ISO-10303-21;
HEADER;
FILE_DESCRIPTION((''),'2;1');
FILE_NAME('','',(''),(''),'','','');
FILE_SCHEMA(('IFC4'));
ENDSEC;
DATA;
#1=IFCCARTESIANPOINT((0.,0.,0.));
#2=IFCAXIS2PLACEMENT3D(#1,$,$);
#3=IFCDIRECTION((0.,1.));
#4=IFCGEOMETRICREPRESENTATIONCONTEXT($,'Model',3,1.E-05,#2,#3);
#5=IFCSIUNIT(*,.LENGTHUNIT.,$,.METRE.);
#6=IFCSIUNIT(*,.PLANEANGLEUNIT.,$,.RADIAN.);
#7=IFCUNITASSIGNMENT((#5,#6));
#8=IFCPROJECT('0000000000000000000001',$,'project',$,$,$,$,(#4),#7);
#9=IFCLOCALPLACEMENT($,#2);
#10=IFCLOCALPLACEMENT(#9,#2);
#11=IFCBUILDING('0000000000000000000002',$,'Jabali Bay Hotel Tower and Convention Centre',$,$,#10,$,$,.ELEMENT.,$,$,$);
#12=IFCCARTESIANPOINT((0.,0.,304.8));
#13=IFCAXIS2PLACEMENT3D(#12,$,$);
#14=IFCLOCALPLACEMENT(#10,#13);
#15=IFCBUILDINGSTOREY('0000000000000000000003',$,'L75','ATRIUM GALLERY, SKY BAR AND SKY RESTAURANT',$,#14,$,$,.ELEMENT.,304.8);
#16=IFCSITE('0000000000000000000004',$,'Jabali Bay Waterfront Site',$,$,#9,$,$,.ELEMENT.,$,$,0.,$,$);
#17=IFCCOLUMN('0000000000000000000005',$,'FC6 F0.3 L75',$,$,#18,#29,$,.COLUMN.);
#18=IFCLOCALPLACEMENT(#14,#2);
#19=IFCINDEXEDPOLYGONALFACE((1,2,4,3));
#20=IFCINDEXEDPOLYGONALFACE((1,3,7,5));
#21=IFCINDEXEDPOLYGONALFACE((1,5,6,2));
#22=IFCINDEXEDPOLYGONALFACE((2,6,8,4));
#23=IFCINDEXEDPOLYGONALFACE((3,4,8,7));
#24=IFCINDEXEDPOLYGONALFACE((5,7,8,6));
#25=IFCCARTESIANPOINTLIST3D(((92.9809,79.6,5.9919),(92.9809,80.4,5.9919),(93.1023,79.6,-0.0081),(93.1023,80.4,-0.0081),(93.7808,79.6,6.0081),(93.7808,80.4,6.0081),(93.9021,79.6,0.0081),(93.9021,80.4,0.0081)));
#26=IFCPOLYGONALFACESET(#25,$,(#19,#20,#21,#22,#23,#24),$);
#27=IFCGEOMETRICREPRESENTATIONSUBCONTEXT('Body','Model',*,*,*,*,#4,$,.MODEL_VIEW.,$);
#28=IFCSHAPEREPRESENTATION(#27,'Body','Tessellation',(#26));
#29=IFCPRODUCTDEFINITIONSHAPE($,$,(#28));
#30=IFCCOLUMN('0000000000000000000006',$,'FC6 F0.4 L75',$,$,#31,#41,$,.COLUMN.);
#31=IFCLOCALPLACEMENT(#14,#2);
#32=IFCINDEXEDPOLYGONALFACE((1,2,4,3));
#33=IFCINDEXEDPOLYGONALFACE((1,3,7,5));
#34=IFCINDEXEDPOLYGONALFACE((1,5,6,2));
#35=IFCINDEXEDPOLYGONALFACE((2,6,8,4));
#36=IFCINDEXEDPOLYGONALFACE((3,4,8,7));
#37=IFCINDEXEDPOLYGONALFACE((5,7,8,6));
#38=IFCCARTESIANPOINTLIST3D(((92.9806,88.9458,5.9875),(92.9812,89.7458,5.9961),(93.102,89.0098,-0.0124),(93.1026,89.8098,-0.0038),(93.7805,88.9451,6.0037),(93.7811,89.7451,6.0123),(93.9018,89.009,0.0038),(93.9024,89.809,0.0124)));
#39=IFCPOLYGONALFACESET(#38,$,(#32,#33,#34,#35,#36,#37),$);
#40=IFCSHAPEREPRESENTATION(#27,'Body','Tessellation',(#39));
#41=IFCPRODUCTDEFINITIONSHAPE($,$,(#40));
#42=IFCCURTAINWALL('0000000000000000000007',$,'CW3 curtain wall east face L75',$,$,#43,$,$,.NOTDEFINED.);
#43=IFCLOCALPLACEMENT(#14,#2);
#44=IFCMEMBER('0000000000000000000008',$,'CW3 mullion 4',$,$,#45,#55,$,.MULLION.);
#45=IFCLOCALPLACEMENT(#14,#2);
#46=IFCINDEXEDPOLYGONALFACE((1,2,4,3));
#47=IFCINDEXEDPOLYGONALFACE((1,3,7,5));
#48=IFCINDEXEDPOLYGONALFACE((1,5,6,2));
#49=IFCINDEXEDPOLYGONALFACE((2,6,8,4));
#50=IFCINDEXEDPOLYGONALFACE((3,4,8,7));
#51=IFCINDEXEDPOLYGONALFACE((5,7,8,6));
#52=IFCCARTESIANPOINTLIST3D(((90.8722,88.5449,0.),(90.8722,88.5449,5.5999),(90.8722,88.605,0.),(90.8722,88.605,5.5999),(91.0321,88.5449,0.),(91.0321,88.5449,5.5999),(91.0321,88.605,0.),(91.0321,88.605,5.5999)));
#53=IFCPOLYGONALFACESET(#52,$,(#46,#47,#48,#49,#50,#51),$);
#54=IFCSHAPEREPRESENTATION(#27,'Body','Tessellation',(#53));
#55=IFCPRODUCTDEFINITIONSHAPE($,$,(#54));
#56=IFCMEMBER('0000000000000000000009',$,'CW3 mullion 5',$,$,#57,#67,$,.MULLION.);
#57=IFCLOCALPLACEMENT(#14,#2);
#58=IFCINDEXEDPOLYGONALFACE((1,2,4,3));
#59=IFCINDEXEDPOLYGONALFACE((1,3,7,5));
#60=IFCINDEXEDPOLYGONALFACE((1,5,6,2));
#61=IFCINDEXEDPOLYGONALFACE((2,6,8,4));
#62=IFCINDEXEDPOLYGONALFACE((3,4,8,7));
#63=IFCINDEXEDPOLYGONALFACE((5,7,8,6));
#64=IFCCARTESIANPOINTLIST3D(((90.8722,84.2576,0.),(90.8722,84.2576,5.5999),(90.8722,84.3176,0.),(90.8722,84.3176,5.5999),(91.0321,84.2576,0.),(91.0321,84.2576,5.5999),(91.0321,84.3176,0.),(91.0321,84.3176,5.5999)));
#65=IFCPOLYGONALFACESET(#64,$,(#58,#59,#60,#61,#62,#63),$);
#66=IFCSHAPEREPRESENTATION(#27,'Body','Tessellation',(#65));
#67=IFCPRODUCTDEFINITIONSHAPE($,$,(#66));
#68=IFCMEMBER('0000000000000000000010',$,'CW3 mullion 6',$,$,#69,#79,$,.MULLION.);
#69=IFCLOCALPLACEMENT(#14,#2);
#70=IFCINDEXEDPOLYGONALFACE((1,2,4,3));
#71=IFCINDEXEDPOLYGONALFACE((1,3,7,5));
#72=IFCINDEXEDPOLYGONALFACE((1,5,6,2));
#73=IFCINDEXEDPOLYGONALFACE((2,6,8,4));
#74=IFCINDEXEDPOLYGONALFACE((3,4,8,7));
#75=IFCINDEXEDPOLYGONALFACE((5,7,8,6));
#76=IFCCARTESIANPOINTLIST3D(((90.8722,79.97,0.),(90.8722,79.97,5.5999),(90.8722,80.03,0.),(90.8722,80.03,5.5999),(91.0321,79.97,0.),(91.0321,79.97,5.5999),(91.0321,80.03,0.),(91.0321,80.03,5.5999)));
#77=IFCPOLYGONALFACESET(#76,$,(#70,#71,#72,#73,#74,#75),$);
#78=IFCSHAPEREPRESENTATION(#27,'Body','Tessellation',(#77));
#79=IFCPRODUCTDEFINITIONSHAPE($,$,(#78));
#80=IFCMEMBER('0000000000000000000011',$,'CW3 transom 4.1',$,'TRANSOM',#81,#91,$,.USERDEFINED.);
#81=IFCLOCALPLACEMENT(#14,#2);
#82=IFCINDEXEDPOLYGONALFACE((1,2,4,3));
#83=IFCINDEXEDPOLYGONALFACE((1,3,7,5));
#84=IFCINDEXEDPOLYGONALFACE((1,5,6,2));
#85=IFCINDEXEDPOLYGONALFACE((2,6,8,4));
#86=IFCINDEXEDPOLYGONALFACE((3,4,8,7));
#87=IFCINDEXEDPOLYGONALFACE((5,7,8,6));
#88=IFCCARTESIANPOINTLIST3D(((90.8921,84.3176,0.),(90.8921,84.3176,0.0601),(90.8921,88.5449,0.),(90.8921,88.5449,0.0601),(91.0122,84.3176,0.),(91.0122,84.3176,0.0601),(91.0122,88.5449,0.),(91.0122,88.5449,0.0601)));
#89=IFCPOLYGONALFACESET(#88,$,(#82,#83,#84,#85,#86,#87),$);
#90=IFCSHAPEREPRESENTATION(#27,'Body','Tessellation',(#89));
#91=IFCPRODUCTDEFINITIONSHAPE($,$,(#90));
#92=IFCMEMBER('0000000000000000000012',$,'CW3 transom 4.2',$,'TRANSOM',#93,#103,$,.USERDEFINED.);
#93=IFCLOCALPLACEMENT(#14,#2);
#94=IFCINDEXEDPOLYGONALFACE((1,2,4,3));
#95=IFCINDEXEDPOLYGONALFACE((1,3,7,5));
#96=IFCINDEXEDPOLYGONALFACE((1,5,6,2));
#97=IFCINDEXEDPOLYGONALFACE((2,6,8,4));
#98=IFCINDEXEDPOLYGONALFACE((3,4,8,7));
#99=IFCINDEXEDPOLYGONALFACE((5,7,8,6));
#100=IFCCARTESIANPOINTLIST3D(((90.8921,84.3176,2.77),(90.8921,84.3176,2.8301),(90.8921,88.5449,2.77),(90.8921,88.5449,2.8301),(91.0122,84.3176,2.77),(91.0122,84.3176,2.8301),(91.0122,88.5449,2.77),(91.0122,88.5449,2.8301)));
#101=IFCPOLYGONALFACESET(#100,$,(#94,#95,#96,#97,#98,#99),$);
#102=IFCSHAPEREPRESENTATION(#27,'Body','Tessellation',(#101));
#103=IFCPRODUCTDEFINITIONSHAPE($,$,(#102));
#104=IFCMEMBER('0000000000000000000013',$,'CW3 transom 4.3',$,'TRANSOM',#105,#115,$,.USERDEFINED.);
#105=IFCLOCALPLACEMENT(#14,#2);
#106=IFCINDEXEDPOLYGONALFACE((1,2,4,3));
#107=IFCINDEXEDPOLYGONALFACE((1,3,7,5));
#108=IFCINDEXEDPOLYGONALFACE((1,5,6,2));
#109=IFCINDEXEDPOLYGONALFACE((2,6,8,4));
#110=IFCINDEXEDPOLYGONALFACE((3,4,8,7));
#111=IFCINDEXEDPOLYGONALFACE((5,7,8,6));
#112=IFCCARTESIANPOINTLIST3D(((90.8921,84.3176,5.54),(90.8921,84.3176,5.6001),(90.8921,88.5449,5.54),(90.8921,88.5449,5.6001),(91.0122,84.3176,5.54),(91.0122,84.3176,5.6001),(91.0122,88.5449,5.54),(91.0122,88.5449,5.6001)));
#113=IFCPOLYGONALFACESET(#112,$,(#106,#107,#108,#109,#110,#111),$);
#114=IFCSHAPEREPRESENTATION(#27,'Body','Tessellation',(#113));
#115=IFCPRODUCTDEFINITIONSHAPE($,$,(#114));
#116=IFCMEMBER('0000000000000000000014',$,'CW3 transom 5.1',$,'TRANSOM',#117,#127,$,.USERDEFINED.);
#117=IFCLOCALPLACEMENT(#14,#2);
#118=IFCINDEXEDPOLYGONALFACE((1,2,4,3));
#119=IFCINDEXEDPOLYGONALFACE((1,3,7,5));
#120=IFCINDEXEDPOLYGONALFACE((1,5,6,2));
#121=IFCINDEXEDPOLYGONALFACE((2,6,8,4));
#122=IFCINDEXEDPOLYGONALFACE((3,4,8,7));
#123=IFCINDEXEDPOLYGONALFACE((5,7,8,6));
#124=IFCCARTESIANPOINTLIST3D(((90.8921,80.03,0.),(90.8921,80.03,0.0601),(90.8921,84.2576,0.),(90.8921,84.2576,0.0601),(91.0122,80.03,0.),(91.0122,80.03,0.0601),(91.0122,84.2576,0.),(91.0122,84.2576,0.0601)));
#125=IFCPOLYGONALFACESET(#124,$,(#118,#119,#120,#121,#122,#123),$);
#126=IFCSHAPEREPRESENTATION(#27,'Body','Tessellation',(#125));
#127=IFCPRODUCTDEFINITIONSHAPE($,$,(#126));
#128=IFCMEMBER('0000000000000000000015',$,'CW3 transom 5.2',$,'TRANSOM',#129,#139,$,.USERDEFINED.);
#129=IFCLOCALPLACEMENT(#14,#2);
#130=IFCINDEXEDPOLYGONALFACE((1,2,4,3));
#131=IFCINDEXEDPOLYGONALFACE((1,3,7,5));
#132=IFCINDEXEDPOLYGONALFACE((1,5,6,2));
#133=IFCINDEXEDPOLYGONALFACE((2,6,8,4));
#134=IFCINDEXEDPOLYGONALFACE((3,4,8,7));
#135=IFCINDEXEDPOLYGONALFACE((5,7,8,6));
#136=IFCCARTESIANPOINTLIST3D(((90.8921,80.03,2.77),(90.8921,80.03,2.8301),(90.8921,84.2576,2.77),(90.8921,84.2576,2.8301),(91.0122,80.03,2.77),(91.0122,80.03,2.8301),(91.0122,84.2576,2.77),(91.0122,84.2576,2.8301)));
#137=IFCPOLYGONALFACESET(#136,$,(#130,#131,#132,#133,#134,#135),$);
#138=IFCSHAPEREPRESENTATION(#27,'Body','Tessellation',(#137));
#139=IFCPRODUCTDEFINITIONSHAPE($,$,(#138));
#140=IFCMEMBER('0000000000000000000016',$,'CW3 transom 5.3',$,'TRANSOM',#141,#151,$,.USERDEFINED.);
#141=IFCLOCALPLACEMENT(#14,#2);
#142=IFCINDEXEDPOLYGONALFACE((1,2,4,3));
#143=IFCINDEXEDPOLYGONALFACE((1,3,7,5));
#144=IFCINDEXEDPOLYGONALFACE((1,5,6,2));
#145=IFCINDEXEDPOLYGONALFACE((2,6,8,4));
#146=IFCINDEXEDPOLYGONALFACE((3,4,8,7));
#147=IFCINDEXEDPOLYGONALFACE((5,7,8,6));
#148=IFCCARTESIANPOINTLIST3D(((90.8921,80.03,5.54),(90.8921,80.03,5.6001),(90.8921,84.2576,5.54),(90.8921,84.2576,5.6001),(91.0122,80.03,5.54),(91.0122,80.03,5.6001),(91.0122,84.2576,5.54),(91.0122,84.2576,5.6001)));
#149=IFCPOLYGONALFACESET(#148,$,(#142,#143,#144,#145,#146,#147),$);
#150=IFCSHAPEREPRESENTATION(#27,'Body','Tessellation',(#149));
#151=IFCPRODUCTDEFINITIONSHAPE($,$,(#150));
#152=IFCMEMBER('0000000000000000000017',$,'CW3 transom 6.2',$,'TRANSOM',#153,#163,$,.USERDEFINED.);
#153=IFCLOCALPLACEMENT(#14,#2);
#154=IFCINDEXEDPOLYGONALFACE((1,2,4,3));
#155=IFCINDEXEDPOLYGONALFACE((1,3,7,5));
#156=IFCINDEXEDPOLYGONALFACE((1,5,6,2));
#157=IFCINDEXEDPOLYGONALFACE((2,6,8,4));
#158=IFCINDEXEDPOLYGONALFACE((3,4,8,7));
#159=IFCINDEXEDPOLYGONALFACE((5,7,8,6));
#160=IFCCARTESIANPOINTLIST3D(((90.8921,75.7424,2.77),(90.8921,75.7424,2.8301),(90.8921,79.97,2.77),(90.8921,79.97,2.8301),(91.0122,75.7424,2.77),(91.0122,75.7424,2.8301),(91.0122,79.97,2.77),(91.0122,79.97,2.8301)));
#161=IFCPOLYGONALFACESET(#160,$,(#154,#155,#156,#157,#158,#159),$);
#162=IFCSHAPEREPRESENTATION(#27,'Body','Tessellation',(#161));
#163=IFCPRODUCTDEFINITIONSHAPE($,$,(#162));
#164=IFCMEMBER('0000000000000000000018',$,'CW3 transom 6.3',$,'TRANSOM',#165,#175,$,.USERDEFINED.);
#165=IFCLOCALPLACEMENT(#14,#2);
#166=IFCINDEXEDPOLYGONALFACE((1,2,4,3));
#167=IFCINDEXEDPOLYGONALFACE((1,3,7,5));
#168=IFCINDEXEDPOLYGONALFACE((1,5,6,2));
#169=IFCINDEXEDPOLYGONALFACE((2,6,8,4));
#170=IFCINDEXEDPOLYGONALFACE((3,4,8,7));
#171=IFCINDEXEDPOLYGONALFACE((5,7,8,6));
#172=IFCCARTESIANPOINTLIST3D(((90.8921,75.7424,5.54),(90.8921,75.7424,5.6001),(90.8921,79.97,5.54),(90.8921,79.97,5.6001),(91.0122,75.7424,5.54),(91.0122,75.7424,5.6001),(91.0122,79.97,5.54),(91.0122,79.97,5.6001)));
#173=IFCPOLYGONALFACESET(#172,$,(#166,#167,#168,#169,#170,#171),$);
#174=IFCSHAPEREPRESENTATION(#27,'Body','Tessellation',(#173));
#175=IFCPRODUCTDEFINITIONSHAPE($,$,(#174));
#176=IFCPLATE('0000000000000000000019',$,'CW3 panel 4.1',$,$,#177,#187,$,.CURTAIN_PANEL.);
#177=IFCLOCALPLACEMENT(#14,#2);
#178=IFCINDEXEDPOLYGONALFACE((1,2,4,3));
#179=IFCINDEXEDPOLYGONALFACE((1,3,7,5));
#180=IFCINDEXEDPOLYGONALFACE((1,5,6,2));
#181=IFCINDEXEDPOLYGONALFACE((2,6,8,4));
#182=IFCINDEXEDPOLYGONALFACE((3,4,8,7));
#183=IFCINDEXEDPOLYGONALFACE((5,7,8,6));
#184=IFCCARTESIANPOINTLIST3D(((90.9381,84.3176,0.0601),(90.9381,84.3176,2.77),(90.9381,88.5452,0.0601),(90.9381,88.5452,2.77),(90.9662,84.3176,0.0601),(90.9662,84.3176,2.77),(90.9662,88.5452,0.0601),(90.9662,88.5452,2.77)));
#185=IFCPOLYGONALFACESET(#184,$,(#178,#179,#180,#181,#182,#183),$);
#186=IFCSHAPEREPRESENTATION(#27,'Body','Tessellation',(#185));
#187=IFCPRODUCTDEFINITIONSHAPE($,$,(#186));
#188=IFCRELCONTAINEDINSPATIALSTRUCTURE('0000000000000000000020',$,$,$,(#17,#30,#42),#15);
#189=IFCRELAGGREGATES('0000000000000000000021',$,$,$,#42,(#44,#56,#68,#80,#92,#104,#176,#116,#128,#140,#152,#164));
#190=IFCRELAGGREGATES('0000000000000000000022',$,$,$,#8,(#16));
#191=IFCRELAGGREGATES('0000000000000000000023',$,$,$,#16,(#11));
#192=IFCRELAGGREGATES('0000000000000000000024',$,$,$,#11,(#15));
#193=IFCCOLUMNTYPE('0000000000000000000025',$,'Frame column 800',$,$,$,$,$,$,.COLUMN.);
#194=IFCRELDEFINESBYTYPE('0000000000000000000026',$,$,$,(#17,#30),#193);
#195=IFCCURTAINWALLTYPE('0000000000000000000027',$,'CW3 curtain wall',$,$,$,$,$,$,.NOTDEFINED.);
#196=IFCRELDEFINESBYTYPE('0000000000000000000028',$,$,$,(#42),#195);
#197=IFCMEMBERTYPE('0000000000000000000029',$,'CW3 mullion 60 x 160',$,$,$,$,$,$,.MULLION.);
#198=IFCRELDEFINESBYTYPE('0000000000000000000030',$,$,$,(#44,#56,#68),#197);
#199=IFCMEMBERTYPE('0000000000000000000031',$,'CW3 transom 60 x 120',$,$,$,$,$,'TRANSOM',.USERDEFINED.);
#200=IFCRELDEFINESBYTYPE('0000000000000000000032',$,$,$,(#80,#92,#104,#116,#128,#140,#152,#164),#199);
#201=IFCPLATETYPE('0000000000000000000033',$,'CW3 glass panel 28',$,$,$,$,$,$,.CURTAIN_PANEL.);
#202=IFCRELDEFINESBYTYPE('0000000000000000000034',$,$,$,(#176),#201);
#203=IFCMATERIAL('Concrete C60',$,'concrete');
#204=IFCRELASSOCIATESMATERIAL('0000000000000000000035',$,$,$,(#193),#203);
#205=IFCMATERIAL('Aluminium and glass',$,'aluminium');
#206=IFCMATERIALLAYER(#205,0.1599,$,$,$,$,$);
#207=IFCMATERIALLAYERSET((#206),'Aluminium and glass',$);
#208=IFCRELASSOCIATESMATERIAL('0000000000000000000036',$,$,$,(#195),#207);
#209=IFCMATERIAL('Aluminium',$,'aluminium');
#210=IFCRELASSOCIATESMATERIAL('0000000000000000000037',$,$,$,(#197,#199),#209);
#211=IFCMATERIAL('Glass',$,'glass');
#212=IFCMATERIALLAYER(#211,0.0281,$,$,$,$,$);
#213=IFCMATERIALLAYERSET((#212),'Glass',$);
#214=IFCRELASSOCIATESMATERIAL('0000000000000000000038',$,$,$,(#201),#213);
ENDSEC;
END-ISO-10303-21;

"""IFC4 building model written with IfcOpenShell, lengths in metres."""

from ifc_helpers import new_model, si_unit, direction, frame, origin, origin_2d, place, context, subcontext, project, spatial, rectangle, extrude, material, layer, layer_set, material_profile, profile_set, type_object, element, aggregate, save


model = new_model("IFC4")

# Units and contexts
model_context = context("Model", 3, precision=1e-05, world=origin(), true_north=direction((0.0, 1.0)))
body_context = subcontext(model_context, "Body", "Model", "MODEL_VIEW")
ifc_project = project(units=[si_unit("LENGTHUNIT", "METRE"), si_unit("PLANEANGLEUNIT", "RADIAN")], contexts=[model_context])

# Site, building, storey
site_placement = place(None, origin())
site = spatial("IfcSite", under=ifc_project, at=site_placement, Name="Jabali Bay Waterfront Site", CompositionType="ELEMENT", RefElevation=0.0)
building_placement = place(site_placement, origin())
building = spatial("IfcBuilding", under=site, at=building_placement, Name="Jabali Bay Hotel Tower and Convention Centre", CompositionType="ELEMENT")
storey_placement = place(building_placement, frame((0.0, 0.0, 304.8)))
storey = spatial("IfcBuildingStorey", under=building, at=storey_placement, Name="L75", Description="ATRIUM GALLERY, SKY BAR AND SKY RESTAURANT", CompositionType="ELEMENT", Elevation=304.8)

# Columns
ifc_material_1 = material(Name="Concrete C60", Category="concrete")
ifc_material_profile_1 = material_profile(ifc_material_1, rectangle(XDim=0.8, YDim=0.8, at=origin_2d()), Name="Frame column 800")
ifc_profile_set_1 = profile_set([ifc_material_profile_1], Name="Concrete C60")
column_type = type_object("IfcColumnType", Name="Frame column 800", PredefinedType="COLUMN", material=ifc_profile_set_1)
column_1_placement = place(storey_placement, frame((93.5022, 80.0, 0.0), z_axis=(-0.020219, 0.0, 0.999796), x_axis=(0.0, -1.0, 0.0)))
element("IfcColumn", 1, at=column_1_placement, inside=storey, type_object=column_type, Name="FC6 F0.3 L75", PredefinedType="COLUMN", context=body_context, shape_type="SweptSolid", body=[
    extrude(rectangle(XDim=0.8, YDim=0.8, at=origin_2d()), origin(), (0.0, 0.0, 1.0), 6.0012),
])
column_2_placement = place(storey_placement, frame((93.5022, 89.4094, 0.0), z_axis=(-0.020218, -0.010658, 0.999739), x_axis=(0.999795, -0.000961, 0.020209)))
element("IfcColumn", 2, at=column_2_placement, inside=storey, type_object=column_type, Name="FC6 F0.4 L75", PredefinedType="COLUMN", context=body_context, shape_type="SweptSolid", body=[
    extrude(rectangle(XDim=0.8, YDim=0.8, at=origin_2d()), origin(), (0.0, 0.0, 1.0), 6.0015),
])

# Curtain wall, members, plate
ifc_material_2 = material(Name="Aluminium and glass", Category="aluminium")
ifc_layer_1 = layer(ifc_material_2, 0.1599)
ifc_layer_set_1 = layer_set([ifc_layer_1], Name="Aluminium and glass")
curtain_wall_type = type_object("IfcCurtainWallType", Name="CW3 curtain wall", PredefinedType="NOTDEFINED", material=ifc_layer_set_1)
curtain_wall_placement = place(storey_placement, origin())
curtain_wall = element("IfcCurtainWall", 3, at=curtain_wall_placement, inside=storey, type_object=curtain_wall_type, Name="CW3 curtain wall east face L75", PredefinedType="NOTDEFINED")
ifc_material_3 = material(Name="Aluminium", Category="aluminium")
ifc_material_profile_2 = material_profile(ifc_material_3, rectangle(XDim=0.1599, YDim=0.0601, at=origin_2d()), Name="CW3 mullion 60 x 160")
ifc_profile_set_2 = profile_set([ifc_material_profile_2], Name="Aluminium")
member_type_1 = type_object("IfcMemberType", Name="CW3 mullion 60 x 160", PredefinedType="MULLION", material=ifc_profile_set_2)
member_1_placement = place(storey_placement, frame((90.9521, 88.575, 0.0), z_axis=(0.0, 0.0, 1.0), x_axis=(1.0, 0.0, 0.0)))
member_1 = element("IfcMember", 4, at=member_1_placement, type_object=member_type_1, Name="CW3 mullion 4", PredefinedType="MULLION", context=body_context, shape_type="SweptSolid", body=[
    extrude(rectangle(XDim=0.1599, YDim=0.0601, at=origin_2d()), origin(), (0.0, 0.0, 1.0), 5.5999),
])
member_2_placement = place(storey_placement, frame((90.9521, 84.2876, 0.0), z_axis=(0.0, 0.0, 1.0), x_axis=(1.0, 0.0, 0.0)))
member_2 = element("IfcMember", 5, at=member_2_placement, type_object=member_type_1, Name="CW3 mullion 5", PredefinedType="MULLION", context=body_context, shape_type="SweptSolid", body=[
    extrude(rectangle(XDim=0.1599, YDim=0.0601, at=origin_2d()), origin(), (0.0, 0.0, 1.0), 5.5999),
])
member_3_placement = place(storey_placement, frame((90.9521, 80.0, 0.0), z_axis=(0.0, 0.0, 1.0), x_axis=(1.0, 0.0, 0.0)))
member_3 = element("IfcMember", 6, at=member_3_placement, type_object=member_type_1, Name="CW3 mullion 6", PredefinedType="MULLION", context=body_context, shape_type="SweptSolid", body=[
    extrude(rectangle(XDim=0.1599, YDim=0.0601, at=origin_2d()), origin(), (0.0, 0.0, 1.0), 5.5999),
])
ifc_material_profile_3 = material_profile(ifc_material_3, rectangle(XDim=0.1201, YDim=0.0601, at=origin_2d()), Name="CW3 transom 60 x 120")
ifc_profile_set_3 = profile_set([ifc_material_profile_3], Name="Aluminium")
member_type_2 = type_object("IfcMemberType", Name="CW3 transom 60 x 120", ElementType="TRANSOM", PredefinedType="USERDEFINED", material=ifc_profile_set_3)
member_4_placement = place(storey_placement, frame((90.9521, 88.5449, 0.03), z_axis=(0.0, -1.0, 0.0), x_axis=(1.0, 0.0, 0.0)))
member_4 = element("IfcMember", 7, at=member_4_placement, type_object=member_type_2, Name="CW3 transom 4.1", ObjectType="TRANSOM", PredefinedType="USERDEFINED", context=body_context, shape_type="SweptSolid", body=[
    extrude(rectangle(XDim=0.1201, YDim=0.0601, at=origin_2d()), origin(), (0.0, 0.0, 1.0), 4.2273),
])
member_5_placement = place(storey_placement, frame((90.9521, 88.5449, 2.8), z_axis=(0.0, -1.0, 0.0), x_axis=(1.0, 0.0, 0.0)))
member_5 = element("IfcMember", 8, at=member_5_placement, type_object=member_type_2, Name="CW3 transom 4.2", ObjectType="TRANSOM", PredefinedType="USERDEFINED", context=body_context, shape_type="SweptSolid", body=[
    extrude(rectangle(XDim=0.1201, YDim=0.0601, at=origin_2d()), origin(), (0.0, 0.0, 1.0), 4.2273),
])
member_6_placement = place(storey_placement, frame((90.9521, 88.5449, 5.5701), z_axis=(0.0, -1.0, 0.0), x_axis=(1.0, 0.0, 0.0)))
member_6 = element("IfcMember", 9, at=member_6_placement, type_object=member_type_2, Name="CW3 transom 4.3", ObjectType="TRANSOM", PredefinedType="USERDEFINED", context=body_context, shape_type="SweptSolid", body=[
    extrude(rectangle(XDim=0.1201, YDim=0.0601, at=origin_2d()), origin(), (0.0, 0.0, 1.0), 4.2273),
])
member_7_placement = place(storey_placement, frame((90.9521, 84.2576, 0.03), z_axis=(0.0, -1.0, 0.0), x_axis=(1.0, 0.0, 0.0)))
member_7 = element("IfcMember", 10, at=member_7_placement, type_object=member_type_2, Name="CW3 transom 5.1", ObjectType="TRANSOM", PredefinedType="USERDEFINED", context=body_context, shape_type="SweptSolid", body=[
    extrude(rectangle(XDim=0.1201, YDim=0.0601, at=origin_2d()), origin(), (0.0, 0.0, 1.0), 4.2275),
])
member_8_placement = place(storey_placement, frame((90.9521, 84.2576, 2.8), z_axis=(0.0, -1.0, 0.0), x_axis=(1.0, 0.0, 0.0)))
member_8 = element("IfcMember", 11, at=member_8_placement, type_object=member_type_2, Name="CW3 transom 5.2", ObjectType="TRANSOM", PredefinedType="USERDEFINED", context=body_context, shape_type="SweptSolid", body=[
    extrude(rectangle(XDim=0.1201, YDim=0.0601, at=origin_2d()), origin(), (0.0, 0.0, 1.0), 4.2275),
])
member_9_placement = place(storey_placement, frame((90.9521, 84.2576, 5.5701), z_axis=(0.0, -1.0, 0.0), x_axis=(1.0, 0.0, 0.0)))
member_9 = element("IfcMember", 12, at=member_9_placement, type_object=member_type_2, Name="CW3 transom 5.3", ObjectType="TRANSOM", PredefinedType="USERDEFINED", context=body_context, shape_type="SweptSolid", body=[
    extrude(rectangle(XDim=0.1201, YDim=0.0601, at=origin_2d()), origin(), (0.0, 0.0, 1.0), 4.2275),
])
member_10_placement = place(storey_placement, frame((90.9521, 79.97, 2.8), z_axis=(0.0, -1.0, 0.0), x_axis=(1.0, 0.0, 0.0)))
member_10 = element("IfcMember", 13, at=member_10_placement, type_object=member_type_2, Name="CW3 transom 6.2", ObjectType="TRANSOM", PredefinedType="USERDEFINED", context=body_context, shape_type="SweptSolid", body=[
    extrude(rectangle(XDim=0.1201, YDim=0.0601, at=origin_2d()), origin(), (0.0, 0.0, 1.0), 4.2275),
])
member_11_placement = place(storey_placement, frame((90.9521, 79.97, 5.5701), z_axis=(0.0, -1.0, 0.0), x_axis=(1.0, 0.0, 0.0)))
member_11 = element("IfcMember", 14, at=member_11_placement, type_object=member_type_2, Name="CW3 transom 6.3", ObjectType="TRANSOM", PredefinedType="USERDEFINED", context=body_context, shape_type="SweptSolid", body=[
    extrude(rectangle(XDim=0.1201, YDim=0.0601, at=origin_2d()), origin(), (0.0, 0.0, 1.0), 4.2275),
])
ifc_material_4 = material(Name="Glass", Category="glass")
ifc_layer_2 = layer(ifc_material_4, 0.0281)
ifc_layer_set_2 = layer_set([ifc_layer_2], Name="Glass")
plate_type = type_object("IfcPlateType", Name="CW3 glass panel 28", PredefinedType="CURTAIN_PANEL", material=ifc_layer_set_2)
plate_1_placement = place(storey_placement, frame((90.9521, 86.4314, 0.0601), z_axis=(0.0, 0.0, 1.0), x_axis=(0.0, -1.0, 0.0)))
plate_1 = element("IfcPlate", 15, at=plate_1_placement, type_object=plate_type, Name="CW3 panel 4.1", PredefinedType="CURTAIN_PANEL", context=body_context, shape_type="SweptSolid", body=[
    extrude(rectangle(XDim=4.2275, YDim=0.0281, at=origin_2d()), origin(), (0.0, 0.0, 1.0), 2.71),
])
aggregate(curtain_wall, [member_1, member_2, member_3, member_4, member_5, member_6, plate_1, member_7, member_8, member_9, member_10, member_11])

save(model, "model.ifc")
